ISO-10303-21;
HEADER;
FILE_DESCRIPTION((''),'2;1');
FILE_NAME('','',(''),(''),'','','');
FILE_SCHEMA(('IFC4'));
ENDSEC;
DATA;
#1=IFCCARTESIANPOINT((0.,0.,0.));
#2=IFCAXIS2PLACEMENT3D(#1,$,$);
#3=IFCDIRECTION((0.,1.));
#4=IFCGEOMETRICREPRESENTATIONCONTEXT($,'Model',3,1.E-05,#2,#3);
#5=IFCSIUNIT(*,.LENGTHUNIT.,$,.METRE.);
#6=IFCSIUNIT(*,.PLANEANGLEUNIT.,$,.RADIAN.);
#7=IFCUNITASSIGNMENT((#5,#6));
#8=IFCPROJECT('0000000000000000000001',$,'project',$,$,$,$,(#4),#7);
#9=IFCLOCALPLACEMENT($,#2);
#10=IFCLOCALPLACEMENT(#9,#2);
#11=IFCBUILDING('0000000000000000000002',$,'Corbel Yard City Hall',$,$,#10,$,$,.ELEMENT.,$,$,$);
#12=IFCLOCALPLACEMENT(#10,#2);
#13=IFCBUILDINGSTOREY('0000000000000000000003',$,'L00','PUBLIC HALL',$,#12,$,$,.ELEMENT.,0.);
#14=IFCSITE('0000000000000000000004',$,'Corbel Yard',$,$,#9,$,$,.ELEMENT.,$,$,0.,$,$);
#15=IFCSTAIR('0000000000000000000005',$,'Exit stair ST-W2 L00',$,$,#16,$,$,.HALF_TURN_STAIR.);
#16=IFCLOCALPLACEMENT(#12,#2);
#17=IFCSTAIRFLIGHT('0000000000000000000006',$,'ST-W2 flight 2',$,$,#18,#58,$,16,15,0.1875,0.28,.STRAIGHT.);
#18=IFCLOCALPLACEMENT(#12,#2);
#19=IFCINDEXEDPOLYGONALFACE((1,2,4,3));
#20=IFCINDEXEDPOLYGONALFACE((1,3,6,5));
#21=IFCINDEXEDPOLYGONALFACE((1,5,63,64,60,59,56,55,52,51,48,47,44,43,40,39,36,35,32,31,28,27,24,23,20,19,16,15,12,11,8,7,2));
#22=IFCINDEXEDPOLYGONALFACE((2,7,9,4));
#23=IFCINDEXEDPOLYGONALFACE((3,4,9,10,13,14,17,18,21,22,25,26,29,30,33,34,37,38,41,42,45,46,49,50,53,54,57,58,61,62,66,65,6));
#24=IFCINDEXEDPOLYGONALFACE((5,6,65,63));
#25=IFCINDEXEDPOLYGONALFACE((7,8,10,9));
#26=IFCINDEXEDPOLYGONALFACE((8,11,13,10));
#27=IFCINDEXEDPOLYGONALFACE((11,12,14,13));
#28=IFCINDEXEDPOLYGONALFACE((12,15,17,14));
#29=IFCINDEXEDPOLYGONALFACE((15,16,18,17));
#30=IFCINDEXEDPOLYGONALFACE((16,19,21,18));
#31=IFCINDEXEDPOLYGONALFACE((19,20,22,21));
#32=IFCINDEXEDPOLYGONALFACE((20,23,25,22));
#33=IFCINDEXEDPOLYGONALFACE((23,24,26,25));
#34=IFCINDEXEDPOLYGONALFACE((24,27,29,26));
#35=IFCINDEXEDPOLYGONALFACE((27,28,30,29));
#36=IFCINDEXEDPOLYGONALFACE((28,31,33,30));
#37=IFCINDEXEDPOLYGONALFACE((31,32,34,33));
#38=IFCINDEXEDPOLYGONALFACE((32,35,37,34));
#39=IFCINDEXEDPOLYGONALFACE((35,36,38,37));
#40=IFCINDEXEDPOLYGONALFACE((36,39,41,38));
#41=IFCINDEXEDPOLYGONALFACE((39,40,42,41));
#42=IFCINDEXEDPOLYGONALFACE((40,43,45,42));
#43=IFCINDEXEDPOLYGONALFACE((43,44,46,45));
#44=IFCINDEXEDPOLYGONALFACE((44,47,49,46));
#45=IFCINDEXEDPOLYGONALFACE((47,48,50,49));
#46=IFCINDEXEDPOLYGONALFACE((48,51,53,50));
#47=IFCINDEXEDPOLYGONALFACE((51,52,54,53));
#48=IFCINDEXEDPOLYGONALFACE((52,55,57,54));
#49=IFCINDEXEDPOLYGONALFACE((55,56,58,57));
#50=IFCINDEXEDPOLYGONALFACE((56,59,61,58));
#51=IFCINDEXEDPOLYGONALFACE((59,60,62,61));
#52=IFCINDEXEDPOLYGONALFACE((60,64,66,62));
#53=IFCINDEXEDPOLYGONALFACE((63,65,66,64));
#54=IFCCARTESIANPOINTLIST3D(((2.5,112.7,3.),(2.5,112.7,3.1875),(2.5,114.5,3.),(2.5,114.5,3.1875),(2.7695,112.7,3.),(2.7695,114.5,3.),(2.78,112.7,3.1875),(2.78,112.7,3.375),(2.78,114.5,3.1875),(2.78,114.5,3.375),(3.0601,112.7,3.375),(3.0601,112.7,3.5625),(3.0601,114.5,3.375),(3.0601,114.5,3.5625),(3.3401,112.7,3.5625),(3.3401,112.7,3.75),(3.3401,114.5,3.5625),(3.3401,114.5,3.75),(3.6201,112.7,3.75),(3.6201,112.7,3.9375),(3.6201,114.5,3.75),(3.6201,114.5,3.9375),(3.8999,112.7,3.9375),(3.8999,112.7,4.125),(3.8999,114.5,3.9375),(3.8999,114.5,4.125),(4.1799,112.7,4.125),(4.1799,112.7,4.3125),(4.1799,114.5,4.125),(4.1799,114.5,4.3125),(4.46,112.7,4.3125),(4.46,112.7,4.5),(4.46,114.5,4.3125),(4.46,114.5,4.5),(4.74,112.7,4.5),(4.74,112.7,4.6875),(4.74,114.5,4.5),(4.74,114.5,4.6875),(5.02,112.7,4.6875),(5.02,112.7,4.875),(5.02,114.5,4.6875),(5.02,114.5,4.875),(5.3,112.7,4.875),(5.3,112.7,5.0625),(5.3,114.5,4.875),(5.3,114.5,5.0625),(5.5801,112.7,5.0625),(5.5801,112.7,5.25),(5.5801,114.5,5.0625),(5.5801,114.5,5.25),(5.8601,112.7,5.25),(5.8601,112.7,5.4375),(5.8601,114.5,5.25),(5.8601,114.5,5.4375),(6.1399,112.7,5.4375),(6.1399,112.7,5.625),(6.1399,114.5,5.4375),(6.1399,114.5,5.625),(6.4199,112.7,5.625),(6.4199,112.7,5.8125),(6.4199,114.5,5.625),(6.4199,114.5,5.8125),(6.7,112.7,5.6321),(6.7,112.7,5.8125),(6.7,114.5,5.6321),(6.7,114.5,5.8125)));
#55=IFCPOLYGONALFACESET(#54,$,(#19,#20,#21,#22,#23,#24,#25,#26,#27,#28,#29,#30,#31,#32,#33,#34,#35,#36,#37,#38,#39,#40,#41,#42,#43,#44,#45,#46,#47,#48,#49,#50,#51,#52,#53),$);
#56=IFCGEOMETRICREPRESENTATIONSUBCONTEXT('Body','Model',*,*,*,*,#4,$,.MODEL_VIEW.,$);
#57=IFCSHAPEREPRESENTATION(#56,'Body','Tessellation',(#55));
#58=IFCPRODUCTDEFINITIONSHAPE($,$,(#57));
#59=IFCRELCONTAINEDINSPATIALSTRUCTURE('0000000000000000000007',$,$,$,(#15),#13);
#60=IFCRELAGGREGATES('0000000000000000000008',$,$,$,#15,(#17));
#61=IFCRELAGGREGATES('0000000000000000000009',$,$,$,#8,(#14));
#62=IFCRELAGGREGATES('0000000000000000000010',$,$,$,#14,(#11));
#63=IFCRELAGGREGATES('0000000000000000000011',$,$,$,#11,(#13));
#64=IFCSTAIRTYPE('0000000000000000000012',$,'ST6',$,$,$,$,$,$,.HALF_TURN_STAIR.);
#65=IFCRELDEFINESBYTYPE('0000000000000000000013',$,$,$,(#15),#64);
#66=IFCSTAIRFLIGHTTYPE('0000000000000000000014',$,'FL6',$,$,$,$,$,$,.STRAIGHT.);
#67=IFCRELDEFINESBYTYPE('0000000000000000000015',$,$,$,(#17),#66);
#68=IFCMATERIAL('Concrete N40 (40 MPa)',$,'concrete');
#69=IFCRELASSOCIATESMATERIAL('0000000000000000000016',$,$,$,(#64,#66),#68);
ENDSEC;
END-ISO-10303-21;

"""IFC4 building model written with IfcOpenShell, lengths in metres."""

from ifc_helpers import new_model, si_unit, direction, frame, origin, place, context, subcontext, project, spatial, polyline, outline, extrude, material, type_object, element, aggregate, save


model = new_model("IFC4")

# Units and contexts
model_context = context("Model", 3, precision=1e-05, world=origin(), true_north=direction((0.0, 1.0)))
body_context = subcontext(model_context, "Body", "Model", "MODEL_VIEW")
ifc_project = project(units=[si_unit("LENGTHUNIT", "METRE"), si_unit("PLANEANGLEUNIT", "RADIAN")], contexts=[model_context])

# Site, building, storey
site_placement = place(None, origin())
site = spatial("IfcSite", under=ifc_project, at=site_placement, Name="Corbel Yard", CompositionType="ELEMENT", RefElevation=0.0)
building_placement = place(site_placement, origin())
building = spatial("IfcBuilding", under=site, at=building_placement, Name="Corbel Yard City Hall", CompositionType="ELEMENT")
storey_placement = place(building_placement, origin())
storey = spatial("IfcBuildingStorey", under=building, at=storey_placement, Name="L00", Description="PUBLIC HALL", CompositionType="ELEMENT", Elevation=0.0)

# Shared definitions
ifc_material_1 = material(Name="Concrete N40 (40 MPa)", Category="concrete")

# Stair, stair flight
stair_type = type_object("IfcStairType", Name="ST6", PredefinedType="HALF_TURN_STAIR", material=ifc_material_1)
stair_placement = place(storey_placement, origin())
stair = element("IfcStair", 1, at=stair_placement, inside=storey, type_object=stair_type, Name="Exit stair ST-W2 L00", PredefinedType="HALF_TURN_STAIR")
stair_flight_type = type_object("IfcStairFlightType", Name="FL6", PredefinedType="STRAIGHT", material=ifc_material_1)
stair_flight_1_placement = place(storey_placement, frame((2.5, 113.6001, 3.0), z_axis=(0.0, 0.0, 1.0), x_axis=(1.0, 0.0, 0.0)))
stair_flight_1 = element("IfcStairFlight", 2, at=stair_flight_1_placement, type_object=stair_flight_type, Name="ST-W2 flight 2", NumberOfRisers=16, NumberOfTreads=15, PredefinedType="STRAIGHT", RiserHeight=0.1875, TreadLength=0.28, context=body_context, shape_type="SweptSolid", body=[
    extrude(outline(polyline([(0.0, 0.0), (0.0, 0.1875), (0.28, 0.1875), (0.28, 0.375), (0.5601, 0.375), (0.5601, 0.5625), (0.8401, 0.5625), (0.8401, 0.75), (1.1201, 0.75), (1.1201, 0.9375), (1.3999, 0.9375), (1.3999, 1.125), (1.6799, 1.125), (1.6799, 1.3125), (1.96, 1.3125), (1.96, 1.5), (2.24, 1.5), (2.24, 1.6875), (2.52, 1.6875), (2.52, 1.875), (2.8, 1.875), (2.8, 2.0625), (3.0801, 2.0625), (3.0801, 2.25), (3.3601, 2.25), (3.3601, 2.4375), (3.6399, 2.4375), (3.6399, 2.625), (3.9199, 2.625), (3.9199, 2.8125), (4.2, 2.8125), (4.2, 3.0), (4.2, 2.6321), (0.2695, 0.0), (0.0, 0.0)])), frame((0.0, 0.8999, 0.0), z_axis=(0.0, -1.0, 0.0), x_axis=(1.0, 0.0, 0.0)), (0.0, 0.0, 1.0), 1.8),
])
aggregate(stair, [stair_flight_1])

save(model, "model.ifc")
